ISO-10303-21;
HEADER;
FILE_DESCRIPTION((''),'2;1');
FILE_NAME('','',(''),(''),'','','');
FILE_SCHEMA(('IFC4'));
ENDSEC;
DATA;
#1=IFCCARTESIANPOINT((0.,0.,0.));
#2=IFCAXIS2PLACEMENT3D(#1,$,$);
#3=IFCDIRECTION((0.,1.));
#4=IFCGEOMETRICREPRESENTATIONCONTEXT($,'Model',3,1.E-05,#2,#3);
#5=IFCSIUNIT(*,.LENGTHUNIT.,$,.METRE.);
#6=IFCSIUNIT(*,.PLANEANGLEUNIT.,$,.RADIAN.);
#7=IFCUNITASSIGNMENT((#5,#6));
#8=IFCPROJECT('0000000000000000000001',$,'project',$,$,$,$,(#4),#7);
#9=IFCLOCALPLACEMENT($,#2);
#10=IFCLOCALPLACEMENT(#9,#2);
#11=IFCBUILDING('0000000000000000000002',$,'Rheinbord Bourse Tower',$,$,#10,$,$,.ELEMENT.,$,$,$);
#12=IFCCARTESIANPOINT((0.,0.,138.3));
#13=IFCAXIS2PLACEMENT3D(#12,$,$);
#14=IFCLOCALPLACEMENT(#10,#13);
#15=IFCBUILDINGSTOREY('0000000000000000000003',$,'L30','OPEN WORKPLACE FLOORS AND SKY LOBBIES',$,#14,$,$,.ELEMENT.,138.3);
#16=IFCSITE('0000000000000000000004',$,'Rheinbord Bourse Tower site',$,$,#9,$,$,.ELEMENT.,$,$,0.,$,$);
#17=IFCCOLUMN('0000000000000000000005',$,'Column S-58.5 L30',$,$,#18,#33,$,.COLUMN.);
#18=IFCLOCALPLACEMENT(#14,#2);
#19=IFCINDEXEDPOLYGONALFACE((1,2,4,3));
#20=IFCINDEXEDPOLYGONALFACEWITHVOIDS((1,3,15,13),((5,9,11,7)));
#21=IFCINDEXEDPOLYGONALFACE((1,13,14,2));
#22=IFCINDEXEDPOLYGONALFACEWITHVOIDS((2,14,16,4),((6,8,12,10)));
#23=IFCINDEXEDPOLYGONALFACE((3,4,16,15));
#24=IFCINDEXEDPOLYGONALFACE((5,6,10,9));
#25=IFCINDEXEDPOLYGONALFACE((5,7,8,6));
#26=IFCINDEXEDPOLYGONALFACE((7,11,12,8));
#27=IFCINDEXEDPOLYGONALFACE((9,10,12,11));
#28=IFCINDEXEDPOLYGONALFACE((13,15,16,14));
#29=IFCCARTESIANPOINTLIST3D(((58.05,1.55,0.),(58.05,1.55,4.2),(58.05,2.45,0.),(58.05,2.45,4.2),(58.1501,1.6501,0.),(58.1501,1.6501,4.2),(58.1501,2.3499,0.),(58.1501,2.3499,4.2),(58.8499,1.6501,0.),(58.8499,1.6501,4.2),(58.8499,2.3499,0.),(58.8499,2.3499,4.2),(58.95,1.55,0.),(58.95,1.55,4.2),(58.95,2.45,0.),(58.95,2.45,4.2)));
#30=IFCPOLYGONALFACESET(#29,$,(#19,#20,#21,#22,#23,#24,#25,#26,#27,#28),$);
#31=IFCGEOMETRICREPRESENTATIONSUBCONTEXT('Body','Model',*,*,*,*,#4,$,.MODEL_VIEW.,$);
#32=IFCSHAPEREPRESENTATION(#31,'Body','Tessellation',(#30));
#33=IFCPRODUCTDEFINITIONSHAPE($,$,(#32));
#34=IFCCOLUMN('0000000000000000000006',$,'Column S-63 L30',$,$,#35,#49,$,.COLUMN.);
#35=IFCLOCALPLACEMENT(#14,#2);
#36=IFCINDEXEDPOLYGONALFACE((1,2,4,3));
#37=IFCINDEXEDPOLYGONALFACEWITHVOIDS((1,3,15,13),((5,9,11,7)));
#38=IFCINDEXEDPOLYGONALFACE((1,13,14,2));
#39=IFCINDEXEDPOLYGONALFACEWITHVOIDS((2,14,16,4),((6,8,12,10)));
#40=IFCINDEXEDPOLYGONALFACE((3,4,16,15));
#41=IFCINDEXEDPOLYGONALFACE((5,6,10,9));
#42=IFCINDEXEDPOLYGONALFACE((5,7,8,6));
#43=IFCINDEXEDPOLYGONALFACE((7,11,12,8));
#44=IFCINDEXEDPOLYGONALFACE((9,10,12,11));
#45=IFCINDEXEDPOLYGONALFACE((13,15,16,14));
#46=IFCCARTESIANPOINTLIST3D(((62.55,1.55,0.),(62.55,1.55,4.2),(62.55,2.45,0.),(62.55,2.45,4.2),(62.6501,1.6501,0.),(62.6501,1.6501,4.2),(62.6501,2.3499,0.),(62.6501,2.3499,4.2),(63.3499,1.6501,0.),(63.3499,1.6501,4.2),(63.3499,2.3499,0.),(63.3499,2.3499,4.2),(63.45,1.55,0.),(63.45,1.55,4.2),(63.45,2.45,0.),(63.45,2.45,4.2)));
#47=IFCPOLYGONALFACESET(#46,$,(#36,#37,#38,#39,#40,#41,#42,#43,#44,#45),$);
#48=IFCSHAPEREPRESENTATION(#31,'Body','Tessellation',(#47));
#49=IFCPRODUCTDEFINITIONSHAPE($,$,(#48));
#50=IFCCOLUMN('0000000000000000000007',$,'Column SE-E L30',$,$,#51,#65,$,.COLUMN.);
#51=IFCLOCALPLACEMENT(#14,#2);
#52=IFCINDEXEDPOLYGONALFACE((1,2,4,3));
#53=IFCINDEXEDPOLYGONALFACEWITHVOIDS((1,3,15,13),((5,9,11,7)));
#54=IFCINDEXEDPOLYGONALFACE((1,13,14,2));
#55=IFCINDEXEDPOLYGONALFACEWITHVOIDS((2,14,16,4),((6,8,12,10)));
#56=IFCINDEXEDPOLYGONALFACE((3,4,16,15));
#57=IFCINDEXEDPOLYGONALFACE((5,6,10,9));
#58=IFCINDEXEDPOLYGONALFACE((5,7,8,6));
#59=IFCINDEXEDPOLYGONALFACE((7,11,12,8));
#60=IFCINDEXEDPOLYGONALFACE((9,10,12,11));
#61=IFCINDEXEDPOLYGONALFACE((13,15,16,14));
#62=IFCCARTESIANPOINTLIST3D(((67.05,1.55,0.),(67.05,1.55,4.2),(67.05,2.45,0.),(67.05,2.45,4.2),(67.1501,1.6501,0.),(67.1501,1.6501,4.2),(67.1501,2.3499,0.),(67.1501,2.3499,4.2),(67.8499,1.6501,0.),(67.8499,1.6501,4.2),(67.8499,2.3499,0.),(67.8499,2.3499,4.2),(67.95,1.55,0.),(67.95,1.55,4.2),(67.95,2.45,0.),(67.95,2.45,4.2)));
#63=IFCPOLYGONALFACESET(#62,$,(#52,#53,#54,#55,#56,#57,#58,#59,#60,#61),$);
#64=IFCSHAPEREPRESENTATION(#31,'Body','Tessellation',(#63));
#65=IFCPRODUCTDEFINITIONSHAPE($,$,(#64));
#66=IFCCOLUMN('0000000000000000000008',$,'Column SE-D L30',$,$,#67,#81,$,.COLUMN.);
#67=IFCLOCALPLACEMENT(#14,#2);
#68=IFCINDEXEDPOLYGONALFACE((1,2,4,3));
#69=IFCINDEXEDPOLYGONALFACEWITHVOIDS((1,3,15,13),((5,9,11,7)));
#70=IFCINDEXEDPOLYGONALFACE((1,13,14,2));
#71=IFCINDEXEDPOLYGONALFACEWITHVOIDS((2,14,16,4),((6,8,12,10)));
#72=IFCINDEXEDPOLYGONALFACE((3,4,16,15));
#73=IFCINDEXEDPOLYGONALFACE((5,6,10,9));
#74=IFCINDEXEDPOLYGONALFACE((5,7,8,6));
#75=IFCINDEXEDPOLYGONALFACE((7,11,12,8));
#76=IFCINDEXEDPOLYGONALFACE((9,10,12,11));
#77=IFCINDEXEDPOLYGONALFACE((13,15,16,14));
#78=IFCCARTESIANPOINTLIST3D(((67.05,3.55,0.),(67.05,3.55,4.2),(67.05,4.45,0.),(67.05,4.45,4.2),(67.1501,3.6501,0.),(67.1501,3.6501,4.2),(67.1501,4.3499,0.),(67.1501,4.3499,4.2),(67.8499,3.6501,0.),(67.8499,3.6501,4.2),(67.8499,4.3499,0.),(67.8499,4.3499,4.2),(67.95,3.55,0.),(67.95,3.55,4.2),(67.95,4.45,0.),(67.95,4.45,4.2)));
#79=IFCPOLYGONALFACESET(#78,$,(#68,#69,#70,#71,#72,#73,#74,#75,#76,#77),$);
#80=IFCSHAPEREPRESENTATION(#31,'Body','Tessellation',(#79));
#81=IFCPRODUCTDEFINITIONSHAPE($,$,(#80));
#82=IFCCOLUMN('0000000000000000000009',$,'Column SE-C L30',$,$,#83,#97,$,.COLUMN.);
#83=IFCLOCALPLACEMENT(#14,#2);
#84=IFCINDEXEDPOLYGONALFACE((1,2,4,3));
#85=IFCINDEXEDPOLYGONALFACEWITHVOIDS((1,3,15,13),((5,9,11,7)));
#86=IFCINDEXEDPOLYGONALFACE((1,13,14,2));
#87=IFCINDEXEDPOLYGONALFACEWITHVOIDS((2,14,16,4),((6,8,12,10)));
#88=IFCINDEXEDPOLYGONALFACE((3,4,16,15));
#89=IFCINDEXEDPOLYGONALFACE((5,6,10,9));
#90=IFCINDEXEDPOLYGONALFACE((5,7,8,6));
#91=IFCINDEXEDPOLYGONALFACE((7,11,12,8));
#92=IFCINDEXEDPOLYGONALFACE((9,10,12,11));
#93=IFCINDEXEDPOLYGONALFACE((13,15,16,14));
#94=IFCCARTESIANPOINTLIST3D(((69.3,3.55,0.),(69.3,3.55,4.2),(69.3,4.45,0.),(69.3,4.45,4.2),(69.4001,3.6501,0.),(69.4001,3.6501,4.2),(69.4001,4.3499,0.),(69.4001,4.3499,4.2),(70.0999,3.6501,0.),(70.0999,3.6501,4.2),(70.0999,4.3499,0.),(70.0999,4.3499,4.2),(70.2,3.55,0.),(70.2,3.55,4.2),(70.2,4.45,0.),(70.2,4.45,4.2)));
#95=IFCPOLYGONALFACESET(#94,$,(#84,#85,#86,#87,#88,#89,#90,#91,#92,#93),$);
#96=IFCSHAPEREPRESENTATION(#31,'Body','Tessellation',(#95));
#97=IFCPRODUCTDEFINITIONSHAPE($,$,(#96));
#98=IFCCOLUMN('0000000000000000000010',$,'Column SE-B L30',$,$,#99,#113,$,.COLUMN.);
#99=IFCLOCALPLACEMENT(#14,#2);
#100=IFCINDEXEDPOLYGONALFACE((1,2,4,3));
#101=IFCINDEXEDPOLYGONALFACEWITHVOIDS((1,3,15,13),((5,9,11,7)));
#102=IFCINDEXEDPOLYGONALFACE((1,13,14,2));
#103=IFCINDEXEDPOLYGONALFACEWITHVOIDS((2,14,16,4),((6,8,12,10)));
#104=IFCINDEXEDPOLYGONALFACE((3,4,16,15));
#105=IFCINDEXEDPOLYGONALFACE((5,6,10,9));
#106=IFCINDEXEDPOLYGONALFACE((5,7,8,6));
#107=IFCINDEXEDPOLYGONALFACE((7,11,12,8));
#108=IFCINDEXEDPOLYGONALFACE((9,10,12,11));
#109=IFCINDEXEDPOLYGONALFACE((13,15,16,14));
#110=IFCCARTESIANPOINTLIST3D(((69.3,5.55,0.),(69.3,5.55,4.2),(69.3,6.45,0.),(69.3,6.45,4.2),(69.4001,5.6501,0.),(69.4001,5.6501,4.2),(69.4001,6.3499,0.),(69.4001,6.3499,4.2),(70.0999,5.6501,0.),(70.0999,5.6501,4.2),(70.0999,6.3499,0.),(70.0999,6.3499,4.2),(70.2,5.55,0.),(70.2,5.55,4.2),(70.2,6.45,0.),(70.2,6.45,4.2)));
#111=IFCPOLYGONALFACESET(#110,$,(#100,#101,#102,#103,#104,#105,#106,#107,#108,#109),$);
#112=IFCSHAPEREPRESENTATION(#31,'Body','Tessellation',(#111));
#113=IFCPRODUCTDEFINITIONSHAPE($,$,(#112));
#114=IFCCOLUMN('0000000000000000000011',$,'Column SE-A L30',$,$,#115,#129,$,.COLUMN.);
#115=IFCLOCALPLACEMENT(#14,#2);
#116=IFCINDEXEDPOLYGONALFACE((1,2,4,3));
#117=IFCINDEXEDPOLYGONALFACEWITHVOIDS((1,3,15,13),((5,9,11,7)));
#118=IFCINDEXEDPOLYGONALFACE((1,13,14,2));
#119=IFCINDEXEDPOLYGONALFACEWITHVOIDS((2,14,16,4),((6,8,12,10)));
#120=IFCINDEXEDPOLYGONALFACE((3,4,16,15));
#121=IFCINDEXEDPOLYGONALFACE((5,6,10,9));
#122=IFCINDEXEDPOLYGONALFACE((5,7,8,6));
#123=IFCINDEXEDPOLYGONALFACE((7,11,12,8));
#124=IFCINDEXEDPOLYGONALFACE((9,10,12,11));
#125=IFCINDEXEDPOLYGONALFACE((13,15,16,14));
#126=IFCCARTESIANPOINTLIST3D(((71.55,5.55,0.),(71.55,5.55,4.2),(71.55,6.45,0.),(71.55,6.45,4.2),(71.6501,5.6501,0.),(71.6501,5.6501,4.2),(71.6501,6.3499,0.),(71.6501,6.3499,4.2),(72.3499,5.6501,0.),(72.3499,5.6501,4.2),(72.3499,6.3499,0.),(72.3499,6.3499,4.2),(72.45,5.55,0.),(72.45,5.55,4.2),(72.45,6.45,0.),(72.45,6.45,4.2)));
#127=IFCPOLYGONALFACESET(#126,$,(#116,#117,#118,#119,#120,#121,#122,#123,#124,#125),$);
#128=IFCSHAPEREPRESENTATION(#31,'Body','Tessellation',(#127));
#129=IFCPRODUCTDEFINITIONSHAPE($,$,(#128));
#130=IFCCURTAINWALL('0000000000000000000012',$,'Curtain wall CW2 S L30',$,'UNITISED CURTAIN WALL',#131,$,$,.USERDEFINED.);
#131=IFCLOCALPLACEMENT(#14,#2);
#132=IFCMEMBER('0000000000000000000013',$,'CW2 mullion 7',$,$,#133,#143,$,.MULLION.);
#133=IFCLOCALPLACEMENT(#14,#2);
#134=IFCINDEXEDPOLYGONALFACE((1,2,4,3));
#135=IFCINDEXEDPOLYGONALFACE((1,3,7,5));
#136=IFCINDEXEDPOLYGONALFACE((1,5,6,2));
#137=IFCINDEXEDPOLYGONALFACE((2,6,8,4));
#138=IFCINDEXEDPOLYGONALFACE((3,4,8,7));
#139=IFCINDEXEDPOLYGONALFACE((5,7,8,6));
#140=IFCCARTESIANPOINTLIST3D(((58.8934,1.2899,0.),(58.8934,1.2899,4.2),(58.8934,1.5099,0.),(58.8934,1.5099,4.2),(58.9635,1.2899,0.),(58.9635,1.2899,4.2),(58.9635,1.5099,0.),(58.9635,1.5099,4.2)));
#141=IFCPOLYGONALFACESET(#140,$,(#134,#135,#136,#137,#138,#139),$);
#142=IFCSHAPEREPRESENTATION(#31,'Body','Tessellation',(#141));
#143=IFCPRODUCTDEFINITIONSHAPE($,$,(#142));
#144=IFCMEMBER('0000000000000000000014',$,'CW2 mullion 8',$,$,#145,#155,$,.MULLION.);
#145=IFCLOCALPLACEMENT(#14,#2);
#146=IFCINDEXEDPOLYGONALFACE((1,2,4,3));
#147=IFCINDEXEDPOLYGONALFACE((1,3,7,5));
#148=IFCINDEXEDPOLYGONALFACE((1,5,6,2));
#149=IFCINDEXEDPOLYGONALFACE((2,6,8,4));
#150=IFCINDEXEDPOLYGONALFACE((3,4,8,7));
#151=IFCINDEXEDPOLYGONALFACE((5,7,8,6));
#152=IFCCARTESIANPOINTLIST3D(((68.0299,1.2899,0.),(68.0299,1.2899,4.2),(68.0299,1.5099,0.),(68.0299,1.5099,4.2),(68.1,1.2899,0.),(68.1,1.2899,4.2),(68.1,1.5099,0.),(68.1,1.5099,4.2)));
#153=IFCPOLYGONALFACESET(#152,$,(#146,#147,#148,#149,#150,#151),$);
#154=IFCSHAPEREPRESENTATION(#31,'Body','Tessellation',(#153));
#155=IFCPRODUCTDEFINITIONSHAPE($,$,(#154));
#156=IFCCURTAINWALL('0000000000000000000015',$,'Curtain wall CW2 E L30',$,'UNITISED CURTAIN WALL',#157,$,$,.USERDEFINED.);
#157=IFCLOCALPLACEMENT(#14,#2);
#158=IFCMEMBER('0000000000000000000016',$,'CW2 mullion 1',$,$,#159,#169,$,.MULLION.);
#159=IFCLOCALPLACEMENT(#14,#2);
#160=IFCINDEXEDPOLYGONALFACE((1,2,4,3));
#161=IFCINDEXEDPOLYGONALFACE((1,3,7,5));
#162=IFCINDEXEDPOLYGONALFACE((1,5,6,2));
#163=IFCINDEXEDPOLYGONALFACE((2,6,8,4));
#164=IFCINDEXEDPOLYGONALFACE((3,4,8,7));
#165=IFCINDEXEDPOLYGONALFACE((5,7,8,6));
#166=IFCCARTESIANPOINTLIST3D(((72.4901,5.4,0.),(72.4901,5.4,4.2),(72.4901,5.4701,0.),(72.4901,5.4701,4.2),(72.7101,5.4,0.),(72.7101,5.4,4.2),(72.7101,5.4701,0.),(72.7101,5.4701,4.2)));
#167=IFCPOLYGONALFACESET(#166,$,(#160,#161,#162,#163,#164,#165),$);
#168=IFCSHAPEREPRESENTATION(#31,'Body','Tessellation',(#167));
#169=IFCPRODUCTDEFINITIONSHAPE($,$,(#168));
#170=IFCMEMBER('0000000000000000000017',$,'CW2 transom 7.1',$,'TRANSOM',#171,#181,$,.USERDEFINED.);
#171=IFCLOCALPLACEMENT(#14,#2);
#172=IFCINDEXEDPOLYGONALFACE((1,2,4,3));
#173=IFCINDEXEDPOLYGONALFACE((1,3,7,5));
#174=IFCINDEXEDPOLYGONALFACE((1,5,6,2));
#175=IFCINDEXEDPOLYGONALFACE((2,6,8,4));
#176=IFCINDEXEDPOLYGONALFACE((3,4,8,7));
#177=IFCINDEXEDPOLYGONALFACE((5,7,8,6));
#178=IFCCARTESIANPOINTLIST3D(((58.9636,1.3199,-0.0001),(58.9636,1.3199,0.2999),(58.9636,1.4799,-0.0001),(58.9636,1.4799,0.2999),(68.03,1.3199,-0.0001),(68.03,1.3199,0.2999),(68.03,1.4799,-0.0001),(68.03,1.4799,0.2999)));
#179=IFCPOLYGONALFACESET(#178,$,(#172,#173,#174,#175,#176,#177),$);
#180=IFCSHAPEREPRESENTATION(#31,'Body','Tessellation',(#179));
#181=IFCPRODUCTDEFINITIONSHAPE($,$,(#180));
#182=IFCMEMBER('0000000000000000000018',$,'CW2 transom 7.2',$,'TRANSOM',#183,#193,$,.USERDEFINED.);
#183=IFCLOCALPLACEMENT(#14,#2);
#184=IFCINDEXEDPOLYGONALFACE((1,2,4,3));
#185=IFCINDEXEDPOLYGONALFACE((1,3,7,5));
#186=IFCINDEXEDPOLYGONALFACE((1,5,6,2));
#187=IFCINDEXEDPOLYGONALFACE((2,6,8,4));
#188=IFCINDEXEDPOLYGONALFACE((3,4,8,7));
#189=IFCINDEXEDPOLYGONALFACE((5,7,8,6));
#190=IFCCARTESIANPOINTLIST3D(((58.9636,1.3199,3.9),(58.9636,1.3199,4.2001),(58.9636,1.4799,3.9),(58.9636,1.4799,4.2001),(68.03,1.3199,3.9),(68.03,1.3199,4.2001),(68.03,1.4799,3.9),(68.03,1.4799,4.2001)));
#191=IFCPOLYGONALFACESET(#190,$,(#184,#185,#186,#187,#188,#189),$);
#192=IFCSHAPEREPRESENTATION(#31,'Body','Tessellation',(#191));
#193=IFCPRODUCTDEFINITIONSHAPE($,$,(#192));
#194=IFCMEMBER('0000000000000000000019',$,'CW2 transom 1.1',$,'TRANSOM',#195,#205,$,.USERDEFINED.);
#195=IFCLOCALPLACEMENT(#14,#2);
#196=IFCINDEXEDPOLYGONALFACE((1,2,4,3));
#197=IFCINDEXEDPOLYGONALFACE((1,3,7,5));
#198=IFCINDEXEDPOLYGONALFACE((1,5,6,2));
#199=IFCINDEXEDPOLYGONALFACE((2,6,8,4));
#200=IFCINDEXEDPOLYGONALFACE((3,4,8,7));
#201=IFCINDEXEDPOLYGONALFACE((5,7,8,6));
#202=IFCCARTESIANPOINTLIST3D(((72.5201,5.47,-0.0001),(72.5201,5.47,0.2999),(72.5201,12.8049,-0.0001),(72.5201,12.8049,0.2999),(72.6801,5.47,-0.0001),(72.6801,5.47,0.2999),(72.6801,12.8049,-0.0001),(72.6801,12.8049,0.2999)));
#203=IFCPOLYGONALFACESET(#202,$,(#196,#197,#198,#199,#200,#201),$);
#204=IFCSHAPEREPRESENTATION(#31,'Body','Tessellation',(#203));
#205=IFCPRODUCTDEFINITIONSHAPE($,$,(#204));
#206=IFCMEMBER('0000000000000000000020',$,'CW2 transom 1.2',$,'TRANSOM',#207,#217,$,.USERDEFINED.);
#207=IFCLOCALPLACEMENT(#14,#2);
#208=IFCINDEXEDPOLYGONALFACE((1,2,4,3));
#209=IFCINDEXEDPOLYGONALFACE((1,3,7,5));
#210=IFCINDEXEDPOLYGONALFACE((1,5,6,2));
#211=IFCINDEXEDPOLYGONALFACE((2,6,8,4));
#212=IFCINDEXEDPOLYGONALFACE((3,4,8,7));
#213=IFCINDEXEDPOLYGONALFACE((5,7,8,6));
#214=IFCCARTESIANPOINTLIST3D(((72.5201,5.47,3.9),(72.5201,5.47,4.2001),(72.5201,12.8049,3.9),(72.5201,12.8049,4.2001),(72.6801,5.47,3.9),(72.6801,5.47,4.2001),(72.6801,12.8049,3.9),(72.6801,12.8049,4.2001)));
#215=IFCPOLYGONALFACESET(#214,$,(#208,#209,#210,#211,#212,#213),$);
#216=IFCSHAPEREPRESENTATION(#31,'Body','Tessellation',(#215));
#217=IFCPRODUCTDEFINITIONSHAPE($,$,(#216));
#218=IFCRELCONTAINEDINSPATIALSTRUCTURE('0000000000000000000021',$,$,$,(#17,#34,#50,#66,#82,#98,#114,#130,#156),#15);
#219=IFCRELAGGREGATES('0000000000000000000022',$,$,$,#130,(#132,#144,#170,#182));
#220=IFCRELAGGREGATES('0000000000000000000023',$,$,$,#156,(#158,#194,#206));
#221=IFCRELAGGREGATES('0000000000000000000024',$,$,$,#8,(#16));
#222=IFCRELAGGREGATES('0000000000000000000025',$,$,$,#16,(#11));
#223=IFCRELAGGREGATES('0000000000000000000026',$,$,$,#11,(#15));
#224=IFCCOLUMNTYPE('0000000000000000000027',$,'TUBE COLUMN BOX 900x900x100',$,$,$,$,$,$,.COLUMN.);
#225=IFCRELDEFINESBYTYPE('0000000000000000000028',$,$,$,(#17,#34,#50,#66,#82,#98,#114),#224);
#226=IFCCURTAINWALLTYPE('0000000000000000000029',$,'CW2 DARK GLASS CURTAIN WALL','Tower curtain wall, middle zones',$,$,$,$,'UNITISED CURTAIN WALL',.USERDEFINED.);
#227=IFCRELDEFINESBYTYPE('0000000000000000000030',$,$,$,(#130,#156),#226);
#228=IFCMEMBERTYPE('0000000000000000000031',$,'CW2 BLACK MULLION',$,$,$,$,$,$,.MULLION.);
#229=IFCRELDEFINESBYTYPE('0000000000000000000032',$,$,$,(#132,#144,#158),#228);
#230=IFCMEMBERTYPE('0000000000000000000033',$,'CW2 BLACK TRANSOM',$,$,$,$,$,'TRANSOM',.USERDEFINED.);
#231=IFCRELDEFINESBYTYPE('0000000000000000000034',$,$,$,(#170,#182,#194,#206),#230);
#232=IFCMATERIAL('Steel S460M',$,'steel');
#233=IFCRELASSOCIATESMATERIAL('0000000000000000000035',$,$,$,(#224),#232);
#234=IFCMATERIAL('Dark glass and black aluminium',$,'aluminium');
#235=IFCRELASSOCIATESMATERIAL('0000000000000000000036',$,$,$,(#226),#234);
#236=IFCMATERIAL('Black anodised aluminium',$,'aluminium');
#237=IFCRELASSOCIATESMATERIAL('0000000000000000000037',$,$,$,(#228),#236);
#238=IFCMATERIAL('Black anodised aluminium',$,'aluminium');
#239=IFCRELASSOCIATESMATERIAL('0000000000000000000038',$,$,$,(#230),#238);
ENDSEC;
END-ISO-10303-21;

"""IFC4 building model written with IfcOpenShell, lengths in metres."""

from ifc_helpers import new_model, si_unit, direction, frame, origin, origin_2d, place, context, subcontext, project, spatial, rectangle, hollow_rectangle, extrude, material, material_profile, profile_set, type_object, element, aggregate, save


model = new_model("IFC4")

# Units and contexts
model_context = context("Model", 3, precision=1e-05, world=origin(), true_north=direction((0.0, 1.0)))
body_context = subcontext(model_context, "Body", "Model", "MODEL_VIEW")
ifc_project = project(units=[si_unit("LENGTHUNIT", "METRE"), si_unit("PLANEANGLEUNIT", "RADIAN")], contexts=[model_context])

# Site, building, storey
site_placement = place(None, origin())
site = spatial("IfcSite", under=ifc_project, at=site_placement, Name="Rheinbord Bourse Tower site", CompositionType="ELEMENT", RefElevation=0.0)
building_placement = place(site_placement, origin())
building = spatial("IfcBuilding", under=site, at=building_placement, Name="Rheinbord Bourse Tower", CompositionType="ELEMENT")
storey_placement = place(building_placement, frame((0.0, 0.0, 138.3)))
storey = spatial("IfcBuildingStorey", under=building, at=storey_placement, Name="L30", Description="OPEN WORKPLACE FLOORS AND SKY LOBBIES", CompositionType="ELEMENT", Elevation=138.3)

# Columns
ifc_material_1 = material(Name="Steel S460M", Category="steel")
ifc_material_profile_1 = material_profile(ifc_material_1, hollow_rectangle(XDim=0.8999, YDim=0.8999, WallThickness=0.1001, at=origin_2d()), Name="BOX 900x900x100")
ifc_profile_set_1 = profile_set([ifc_material_profile_1], Name="Steel S460M")
column_type = type_object("IfcColumnType", Name="TUBE COLUMN BOX 900x900x100", PredefinedType="COLUMN", material=ifc_profile_set_1)
for number, where, z_axis, x_axis, name in (
    (1, (58.5, 2.0, 0.0), (0.0, 0.0, 1.0), (0.0, 1.0, 0.0), "Column S-58.5 L30"),
    (2, (63.0, 2.0, 0.0), (0.0, 0.0, 1.0), (0.0, 1.0, 0.0), "Column S-63 L30"),
    (3, (67.5, 2.0, 0.0), (0.0, 0.0, 1.0), (0.0, 1.0, 0.0), "Column SE-E L30"),
    (4, (67.5, 4.0, 0.0), (0.0, 0.0, 1.0), (0.0, 1.0, 0.0), "Column SE-D L30"),
    (5, (69.75, 4.0, 0.0), (0.0, 0.0, 1.0), (1.0, 0.0, 0.0), "Column SE-C L30"),
    (6, (69.75, 6.0, 0.0), (0.0, 0.0, 1.0), (1.0, 0.0, 0.0), "Column SE-B L30"),
    (7, (72.0, 6.0, 0.0), (0.0, 0.0, 1.0), (1.0, 0.0, 0.0), "Column SE-A L30"),
):
    element("IfcColumn", number, at=place(storey_placement, frame(where, z_axis=z_axis, x_axis=x_axis)), inside=storey, type_object=column_type, Name=name, PredefinedType="COLUMN", context=body_context, shape_type="SweptSolid", body=[
        extrude(hollow_rectangle(XDim=0.8999, YDim=0.8999, WallThickness=0.1001, at=origin_2d()), origin(), (0.0, 0.0, 1.0), 4.2),
    ])

# Curtain wall, members
ifc_material_2 = material(Name="Dark glass and black aluminium", Category="aluminium")
curtain_wall_type = type_object("IfcCurtainWallType", Name="CW2 DARK GLASS CURTAIN WALL", Description="Tower curtain wall, middle zones", ElementType="UNITISED CURTAIN WALL", PredefinedType="USERDEFINED", material=ifc_material_2)
curtain_wall_1_placement = place(storey_placement, origin())
curtain_wall_1 = element("IfcCurtainWall", 8, at=curtain_wall_1_placement, inside=storey, type_object=curtain_wall_type, Name="Curtain wall CW2 S L30", ObjectType="UNITISED CURTAIN WALL", PredefinedType="USERDEFINED")
ifc_material_3 = material(Name="Black anodised aluminium", Category="aluminium")
ifc_material_profile_2 = material_profile(ifc_material_3, rectangle(XDim=0.22, YDim=0.0701, at=origin_2d()), Name="CW2 MULLION 70x220")
ifc_profile_set_2 = profile_set([ifc_material_profile_2], Name="Black anodised aluminium")
member_type_1 = type_object("IfcMemberType", Name="CW2 BLACK MULLION", PredefinedType="MULLION", material=ifc_profile_set_2)
member_1_placement = place(storey_placement, frame((58.9285, 1.3999, 0.0), z_axis=(0.0, 0.0, 1.0), x_axis=(0.0, 1.0, 0.0)))
member_1 = element("IfcMember", 9, at=member_1_placement, type_object=member_type_1, Name="CW2 mullion 7", PredefinedType="MULLION", context=body_context, shape_type="SweptSolid", body=[
    extrude(rectangle(XDim=0.22, YDim=0.0701, at=origin_2d()), origin(), (0.0, 0.0, 1.0), 4.2),
])
member_2_placement = place(storey_placement, frame((68.0649, 1.3999, 0.0), z_axis=(0.0, 0.0, 1.0), x_axis=(0.0, 1.0, 0.0)))
member_2 = element("IfcMember", 10, at=member_2_placement, type_object=member_type_1, Name="CW2 mullion 8", PredefinedType="MULLION", context=body_context, shape_type="SweptSolid", body=[
    extrude(rectangle(XDim=0.22, YDim=0.0701, at=origin_2d()), origin(), (0.0, 0.0, 1.0), 4.2),
])

# Curtain wall, member
curtain_wall_2_placement = place(storey_placement, origin())
curtain_wall_2 = element("IfcCurtainWall", 11, at=curtain_wall_2_placement, inside=storey, type_object=curtain_wall_type, Name="Curtain wall CW2 E L30", ObjectType="UNITISED CURTAIN WALL", PredefinedType="USERDEFINED")
member_3_placement = place(storey_placement, frame((72.6001, 5.4351, 0.0), z_axis=(0.0, 0.0, 1.0), x_axis=(-1.0, 0.0, 0.0)))
member_3 = element("IfcMember", 12, at=member_3_placement, type_object=member_type_1, Name="CW2 mullion 1", PredefinedType="MULLION", context=body_context, shape_type="SweptSolid", body=[
    extrude(rectangle(XDim=0.22, YDim=0.0701, at=origin_2d()), origin(), (0.0, 0.0, 1.0), 4.2),
])

# Members
ifc_material_4 = material(Name="Black anodised aluminium", Category="aluminium")
ifc_material_profile_3 = material_profile(ifc_material_4, rectangle(XDim=0.1599, YDim=0.3, at=origin_2d()), Name="CW2 TRANSOM 300x160")
ifc_profile_set_3 = profile_set([ifc_material_profile_3], Name="Black anodised aluminium")
member_type_2 = type_object("IfcMemberType", Name="CW2 BLACK TRANSOM", ElementType="TRANSOM", PredefinedType="USERDEFINED", material=ifc_profile_set_3)
member_4_placement = place(storey_placement, frame((58.9636, 1.3999, 0.1499), z_axis=(1.0, 0.0, 0.0), x_axis=(0.0, 1.0, 0.0)))
member_4 = element("IfcMember", 13, at=member_4_placement, type_object=member_type_2, Name="CW2 transom 7.1", ObjectType="TRANSOM", PredefinedType="USERDEFINED", context=body_context, shape_type="SweptSolid", body=[
    extrude(rectangle(XDim=0.1599, YDim=0.3, at=origin_2d()), origin(), (0.0, 0.0, 1.0), 9.0664),
])
member_5_placement = place(storey_placement, frame((58.9636, 1.3999, 4.05), z_axis=(1.0, 0.0, 0.0), x_axis=(0.0, 1.0, 0.0)))
member_5 = element("IfcMember", 14, at=member_5_placement, type_object=member_type_2, Name="CW2 transom 7.2", ObjectType="TRANSOM", PredefinedType="USERDEFINED", context=body_context, shape_type="SweptSolid", body=[
    extrude(rectangle(XDim=0.1599, YDim=0.3, at=origin_2d()), origin(), (0.0, 0.0, 1.0), 9.0664),
])
member_6_placement = place(storey_placement, frame((72.6001, 5.47, 0.1499), z_axis=(0.0, 1.0, 0.0), x_axis=(-1.0, 0.0, 0.0)))
member_6 = element("IfcMember", 15, at=member_6_placement, type_object=member_type_2, Name="CW2 transom 1.1", ObjectType="TRANSOM", PredefinedType="USERDEFINED", context=body_context, shape_type="SweptSolid", body=[
    extrude(rectangle(XDim=0.1599, YDim=0.3, at=origin_2d()), origin(), (0.0, 0.0, 1.0), 7.335),
])
member_7_placement = place(storey_placement, frame((72.6001, 5.47, 4.05), z_axis=(0.0, 1.0, 0.0), x_axis=(-1.0, 0.0, 0.0)))
member_7 = element("IfcMember", 16, at=member_7_placement, type_object=member_type_2, Name="CW2 transom 1.2", ObjectType="TRANSOM", PredefinedType="USERDEFINED", context=body_context, shape_type="SweptSolid", body=[
    extrude(rectangle(XDim=0.1599, YDim=0.3, at=origin_2d()), origin(), (0.0, 0.0, 1.0), 7.335),
])

aggregate(curtain_wall_1, [member_1, member_2, member_4, member_5])
aggregate(curtain_wall_2, [member_3, member_6, member_7])

save(model, "model.ifc")
